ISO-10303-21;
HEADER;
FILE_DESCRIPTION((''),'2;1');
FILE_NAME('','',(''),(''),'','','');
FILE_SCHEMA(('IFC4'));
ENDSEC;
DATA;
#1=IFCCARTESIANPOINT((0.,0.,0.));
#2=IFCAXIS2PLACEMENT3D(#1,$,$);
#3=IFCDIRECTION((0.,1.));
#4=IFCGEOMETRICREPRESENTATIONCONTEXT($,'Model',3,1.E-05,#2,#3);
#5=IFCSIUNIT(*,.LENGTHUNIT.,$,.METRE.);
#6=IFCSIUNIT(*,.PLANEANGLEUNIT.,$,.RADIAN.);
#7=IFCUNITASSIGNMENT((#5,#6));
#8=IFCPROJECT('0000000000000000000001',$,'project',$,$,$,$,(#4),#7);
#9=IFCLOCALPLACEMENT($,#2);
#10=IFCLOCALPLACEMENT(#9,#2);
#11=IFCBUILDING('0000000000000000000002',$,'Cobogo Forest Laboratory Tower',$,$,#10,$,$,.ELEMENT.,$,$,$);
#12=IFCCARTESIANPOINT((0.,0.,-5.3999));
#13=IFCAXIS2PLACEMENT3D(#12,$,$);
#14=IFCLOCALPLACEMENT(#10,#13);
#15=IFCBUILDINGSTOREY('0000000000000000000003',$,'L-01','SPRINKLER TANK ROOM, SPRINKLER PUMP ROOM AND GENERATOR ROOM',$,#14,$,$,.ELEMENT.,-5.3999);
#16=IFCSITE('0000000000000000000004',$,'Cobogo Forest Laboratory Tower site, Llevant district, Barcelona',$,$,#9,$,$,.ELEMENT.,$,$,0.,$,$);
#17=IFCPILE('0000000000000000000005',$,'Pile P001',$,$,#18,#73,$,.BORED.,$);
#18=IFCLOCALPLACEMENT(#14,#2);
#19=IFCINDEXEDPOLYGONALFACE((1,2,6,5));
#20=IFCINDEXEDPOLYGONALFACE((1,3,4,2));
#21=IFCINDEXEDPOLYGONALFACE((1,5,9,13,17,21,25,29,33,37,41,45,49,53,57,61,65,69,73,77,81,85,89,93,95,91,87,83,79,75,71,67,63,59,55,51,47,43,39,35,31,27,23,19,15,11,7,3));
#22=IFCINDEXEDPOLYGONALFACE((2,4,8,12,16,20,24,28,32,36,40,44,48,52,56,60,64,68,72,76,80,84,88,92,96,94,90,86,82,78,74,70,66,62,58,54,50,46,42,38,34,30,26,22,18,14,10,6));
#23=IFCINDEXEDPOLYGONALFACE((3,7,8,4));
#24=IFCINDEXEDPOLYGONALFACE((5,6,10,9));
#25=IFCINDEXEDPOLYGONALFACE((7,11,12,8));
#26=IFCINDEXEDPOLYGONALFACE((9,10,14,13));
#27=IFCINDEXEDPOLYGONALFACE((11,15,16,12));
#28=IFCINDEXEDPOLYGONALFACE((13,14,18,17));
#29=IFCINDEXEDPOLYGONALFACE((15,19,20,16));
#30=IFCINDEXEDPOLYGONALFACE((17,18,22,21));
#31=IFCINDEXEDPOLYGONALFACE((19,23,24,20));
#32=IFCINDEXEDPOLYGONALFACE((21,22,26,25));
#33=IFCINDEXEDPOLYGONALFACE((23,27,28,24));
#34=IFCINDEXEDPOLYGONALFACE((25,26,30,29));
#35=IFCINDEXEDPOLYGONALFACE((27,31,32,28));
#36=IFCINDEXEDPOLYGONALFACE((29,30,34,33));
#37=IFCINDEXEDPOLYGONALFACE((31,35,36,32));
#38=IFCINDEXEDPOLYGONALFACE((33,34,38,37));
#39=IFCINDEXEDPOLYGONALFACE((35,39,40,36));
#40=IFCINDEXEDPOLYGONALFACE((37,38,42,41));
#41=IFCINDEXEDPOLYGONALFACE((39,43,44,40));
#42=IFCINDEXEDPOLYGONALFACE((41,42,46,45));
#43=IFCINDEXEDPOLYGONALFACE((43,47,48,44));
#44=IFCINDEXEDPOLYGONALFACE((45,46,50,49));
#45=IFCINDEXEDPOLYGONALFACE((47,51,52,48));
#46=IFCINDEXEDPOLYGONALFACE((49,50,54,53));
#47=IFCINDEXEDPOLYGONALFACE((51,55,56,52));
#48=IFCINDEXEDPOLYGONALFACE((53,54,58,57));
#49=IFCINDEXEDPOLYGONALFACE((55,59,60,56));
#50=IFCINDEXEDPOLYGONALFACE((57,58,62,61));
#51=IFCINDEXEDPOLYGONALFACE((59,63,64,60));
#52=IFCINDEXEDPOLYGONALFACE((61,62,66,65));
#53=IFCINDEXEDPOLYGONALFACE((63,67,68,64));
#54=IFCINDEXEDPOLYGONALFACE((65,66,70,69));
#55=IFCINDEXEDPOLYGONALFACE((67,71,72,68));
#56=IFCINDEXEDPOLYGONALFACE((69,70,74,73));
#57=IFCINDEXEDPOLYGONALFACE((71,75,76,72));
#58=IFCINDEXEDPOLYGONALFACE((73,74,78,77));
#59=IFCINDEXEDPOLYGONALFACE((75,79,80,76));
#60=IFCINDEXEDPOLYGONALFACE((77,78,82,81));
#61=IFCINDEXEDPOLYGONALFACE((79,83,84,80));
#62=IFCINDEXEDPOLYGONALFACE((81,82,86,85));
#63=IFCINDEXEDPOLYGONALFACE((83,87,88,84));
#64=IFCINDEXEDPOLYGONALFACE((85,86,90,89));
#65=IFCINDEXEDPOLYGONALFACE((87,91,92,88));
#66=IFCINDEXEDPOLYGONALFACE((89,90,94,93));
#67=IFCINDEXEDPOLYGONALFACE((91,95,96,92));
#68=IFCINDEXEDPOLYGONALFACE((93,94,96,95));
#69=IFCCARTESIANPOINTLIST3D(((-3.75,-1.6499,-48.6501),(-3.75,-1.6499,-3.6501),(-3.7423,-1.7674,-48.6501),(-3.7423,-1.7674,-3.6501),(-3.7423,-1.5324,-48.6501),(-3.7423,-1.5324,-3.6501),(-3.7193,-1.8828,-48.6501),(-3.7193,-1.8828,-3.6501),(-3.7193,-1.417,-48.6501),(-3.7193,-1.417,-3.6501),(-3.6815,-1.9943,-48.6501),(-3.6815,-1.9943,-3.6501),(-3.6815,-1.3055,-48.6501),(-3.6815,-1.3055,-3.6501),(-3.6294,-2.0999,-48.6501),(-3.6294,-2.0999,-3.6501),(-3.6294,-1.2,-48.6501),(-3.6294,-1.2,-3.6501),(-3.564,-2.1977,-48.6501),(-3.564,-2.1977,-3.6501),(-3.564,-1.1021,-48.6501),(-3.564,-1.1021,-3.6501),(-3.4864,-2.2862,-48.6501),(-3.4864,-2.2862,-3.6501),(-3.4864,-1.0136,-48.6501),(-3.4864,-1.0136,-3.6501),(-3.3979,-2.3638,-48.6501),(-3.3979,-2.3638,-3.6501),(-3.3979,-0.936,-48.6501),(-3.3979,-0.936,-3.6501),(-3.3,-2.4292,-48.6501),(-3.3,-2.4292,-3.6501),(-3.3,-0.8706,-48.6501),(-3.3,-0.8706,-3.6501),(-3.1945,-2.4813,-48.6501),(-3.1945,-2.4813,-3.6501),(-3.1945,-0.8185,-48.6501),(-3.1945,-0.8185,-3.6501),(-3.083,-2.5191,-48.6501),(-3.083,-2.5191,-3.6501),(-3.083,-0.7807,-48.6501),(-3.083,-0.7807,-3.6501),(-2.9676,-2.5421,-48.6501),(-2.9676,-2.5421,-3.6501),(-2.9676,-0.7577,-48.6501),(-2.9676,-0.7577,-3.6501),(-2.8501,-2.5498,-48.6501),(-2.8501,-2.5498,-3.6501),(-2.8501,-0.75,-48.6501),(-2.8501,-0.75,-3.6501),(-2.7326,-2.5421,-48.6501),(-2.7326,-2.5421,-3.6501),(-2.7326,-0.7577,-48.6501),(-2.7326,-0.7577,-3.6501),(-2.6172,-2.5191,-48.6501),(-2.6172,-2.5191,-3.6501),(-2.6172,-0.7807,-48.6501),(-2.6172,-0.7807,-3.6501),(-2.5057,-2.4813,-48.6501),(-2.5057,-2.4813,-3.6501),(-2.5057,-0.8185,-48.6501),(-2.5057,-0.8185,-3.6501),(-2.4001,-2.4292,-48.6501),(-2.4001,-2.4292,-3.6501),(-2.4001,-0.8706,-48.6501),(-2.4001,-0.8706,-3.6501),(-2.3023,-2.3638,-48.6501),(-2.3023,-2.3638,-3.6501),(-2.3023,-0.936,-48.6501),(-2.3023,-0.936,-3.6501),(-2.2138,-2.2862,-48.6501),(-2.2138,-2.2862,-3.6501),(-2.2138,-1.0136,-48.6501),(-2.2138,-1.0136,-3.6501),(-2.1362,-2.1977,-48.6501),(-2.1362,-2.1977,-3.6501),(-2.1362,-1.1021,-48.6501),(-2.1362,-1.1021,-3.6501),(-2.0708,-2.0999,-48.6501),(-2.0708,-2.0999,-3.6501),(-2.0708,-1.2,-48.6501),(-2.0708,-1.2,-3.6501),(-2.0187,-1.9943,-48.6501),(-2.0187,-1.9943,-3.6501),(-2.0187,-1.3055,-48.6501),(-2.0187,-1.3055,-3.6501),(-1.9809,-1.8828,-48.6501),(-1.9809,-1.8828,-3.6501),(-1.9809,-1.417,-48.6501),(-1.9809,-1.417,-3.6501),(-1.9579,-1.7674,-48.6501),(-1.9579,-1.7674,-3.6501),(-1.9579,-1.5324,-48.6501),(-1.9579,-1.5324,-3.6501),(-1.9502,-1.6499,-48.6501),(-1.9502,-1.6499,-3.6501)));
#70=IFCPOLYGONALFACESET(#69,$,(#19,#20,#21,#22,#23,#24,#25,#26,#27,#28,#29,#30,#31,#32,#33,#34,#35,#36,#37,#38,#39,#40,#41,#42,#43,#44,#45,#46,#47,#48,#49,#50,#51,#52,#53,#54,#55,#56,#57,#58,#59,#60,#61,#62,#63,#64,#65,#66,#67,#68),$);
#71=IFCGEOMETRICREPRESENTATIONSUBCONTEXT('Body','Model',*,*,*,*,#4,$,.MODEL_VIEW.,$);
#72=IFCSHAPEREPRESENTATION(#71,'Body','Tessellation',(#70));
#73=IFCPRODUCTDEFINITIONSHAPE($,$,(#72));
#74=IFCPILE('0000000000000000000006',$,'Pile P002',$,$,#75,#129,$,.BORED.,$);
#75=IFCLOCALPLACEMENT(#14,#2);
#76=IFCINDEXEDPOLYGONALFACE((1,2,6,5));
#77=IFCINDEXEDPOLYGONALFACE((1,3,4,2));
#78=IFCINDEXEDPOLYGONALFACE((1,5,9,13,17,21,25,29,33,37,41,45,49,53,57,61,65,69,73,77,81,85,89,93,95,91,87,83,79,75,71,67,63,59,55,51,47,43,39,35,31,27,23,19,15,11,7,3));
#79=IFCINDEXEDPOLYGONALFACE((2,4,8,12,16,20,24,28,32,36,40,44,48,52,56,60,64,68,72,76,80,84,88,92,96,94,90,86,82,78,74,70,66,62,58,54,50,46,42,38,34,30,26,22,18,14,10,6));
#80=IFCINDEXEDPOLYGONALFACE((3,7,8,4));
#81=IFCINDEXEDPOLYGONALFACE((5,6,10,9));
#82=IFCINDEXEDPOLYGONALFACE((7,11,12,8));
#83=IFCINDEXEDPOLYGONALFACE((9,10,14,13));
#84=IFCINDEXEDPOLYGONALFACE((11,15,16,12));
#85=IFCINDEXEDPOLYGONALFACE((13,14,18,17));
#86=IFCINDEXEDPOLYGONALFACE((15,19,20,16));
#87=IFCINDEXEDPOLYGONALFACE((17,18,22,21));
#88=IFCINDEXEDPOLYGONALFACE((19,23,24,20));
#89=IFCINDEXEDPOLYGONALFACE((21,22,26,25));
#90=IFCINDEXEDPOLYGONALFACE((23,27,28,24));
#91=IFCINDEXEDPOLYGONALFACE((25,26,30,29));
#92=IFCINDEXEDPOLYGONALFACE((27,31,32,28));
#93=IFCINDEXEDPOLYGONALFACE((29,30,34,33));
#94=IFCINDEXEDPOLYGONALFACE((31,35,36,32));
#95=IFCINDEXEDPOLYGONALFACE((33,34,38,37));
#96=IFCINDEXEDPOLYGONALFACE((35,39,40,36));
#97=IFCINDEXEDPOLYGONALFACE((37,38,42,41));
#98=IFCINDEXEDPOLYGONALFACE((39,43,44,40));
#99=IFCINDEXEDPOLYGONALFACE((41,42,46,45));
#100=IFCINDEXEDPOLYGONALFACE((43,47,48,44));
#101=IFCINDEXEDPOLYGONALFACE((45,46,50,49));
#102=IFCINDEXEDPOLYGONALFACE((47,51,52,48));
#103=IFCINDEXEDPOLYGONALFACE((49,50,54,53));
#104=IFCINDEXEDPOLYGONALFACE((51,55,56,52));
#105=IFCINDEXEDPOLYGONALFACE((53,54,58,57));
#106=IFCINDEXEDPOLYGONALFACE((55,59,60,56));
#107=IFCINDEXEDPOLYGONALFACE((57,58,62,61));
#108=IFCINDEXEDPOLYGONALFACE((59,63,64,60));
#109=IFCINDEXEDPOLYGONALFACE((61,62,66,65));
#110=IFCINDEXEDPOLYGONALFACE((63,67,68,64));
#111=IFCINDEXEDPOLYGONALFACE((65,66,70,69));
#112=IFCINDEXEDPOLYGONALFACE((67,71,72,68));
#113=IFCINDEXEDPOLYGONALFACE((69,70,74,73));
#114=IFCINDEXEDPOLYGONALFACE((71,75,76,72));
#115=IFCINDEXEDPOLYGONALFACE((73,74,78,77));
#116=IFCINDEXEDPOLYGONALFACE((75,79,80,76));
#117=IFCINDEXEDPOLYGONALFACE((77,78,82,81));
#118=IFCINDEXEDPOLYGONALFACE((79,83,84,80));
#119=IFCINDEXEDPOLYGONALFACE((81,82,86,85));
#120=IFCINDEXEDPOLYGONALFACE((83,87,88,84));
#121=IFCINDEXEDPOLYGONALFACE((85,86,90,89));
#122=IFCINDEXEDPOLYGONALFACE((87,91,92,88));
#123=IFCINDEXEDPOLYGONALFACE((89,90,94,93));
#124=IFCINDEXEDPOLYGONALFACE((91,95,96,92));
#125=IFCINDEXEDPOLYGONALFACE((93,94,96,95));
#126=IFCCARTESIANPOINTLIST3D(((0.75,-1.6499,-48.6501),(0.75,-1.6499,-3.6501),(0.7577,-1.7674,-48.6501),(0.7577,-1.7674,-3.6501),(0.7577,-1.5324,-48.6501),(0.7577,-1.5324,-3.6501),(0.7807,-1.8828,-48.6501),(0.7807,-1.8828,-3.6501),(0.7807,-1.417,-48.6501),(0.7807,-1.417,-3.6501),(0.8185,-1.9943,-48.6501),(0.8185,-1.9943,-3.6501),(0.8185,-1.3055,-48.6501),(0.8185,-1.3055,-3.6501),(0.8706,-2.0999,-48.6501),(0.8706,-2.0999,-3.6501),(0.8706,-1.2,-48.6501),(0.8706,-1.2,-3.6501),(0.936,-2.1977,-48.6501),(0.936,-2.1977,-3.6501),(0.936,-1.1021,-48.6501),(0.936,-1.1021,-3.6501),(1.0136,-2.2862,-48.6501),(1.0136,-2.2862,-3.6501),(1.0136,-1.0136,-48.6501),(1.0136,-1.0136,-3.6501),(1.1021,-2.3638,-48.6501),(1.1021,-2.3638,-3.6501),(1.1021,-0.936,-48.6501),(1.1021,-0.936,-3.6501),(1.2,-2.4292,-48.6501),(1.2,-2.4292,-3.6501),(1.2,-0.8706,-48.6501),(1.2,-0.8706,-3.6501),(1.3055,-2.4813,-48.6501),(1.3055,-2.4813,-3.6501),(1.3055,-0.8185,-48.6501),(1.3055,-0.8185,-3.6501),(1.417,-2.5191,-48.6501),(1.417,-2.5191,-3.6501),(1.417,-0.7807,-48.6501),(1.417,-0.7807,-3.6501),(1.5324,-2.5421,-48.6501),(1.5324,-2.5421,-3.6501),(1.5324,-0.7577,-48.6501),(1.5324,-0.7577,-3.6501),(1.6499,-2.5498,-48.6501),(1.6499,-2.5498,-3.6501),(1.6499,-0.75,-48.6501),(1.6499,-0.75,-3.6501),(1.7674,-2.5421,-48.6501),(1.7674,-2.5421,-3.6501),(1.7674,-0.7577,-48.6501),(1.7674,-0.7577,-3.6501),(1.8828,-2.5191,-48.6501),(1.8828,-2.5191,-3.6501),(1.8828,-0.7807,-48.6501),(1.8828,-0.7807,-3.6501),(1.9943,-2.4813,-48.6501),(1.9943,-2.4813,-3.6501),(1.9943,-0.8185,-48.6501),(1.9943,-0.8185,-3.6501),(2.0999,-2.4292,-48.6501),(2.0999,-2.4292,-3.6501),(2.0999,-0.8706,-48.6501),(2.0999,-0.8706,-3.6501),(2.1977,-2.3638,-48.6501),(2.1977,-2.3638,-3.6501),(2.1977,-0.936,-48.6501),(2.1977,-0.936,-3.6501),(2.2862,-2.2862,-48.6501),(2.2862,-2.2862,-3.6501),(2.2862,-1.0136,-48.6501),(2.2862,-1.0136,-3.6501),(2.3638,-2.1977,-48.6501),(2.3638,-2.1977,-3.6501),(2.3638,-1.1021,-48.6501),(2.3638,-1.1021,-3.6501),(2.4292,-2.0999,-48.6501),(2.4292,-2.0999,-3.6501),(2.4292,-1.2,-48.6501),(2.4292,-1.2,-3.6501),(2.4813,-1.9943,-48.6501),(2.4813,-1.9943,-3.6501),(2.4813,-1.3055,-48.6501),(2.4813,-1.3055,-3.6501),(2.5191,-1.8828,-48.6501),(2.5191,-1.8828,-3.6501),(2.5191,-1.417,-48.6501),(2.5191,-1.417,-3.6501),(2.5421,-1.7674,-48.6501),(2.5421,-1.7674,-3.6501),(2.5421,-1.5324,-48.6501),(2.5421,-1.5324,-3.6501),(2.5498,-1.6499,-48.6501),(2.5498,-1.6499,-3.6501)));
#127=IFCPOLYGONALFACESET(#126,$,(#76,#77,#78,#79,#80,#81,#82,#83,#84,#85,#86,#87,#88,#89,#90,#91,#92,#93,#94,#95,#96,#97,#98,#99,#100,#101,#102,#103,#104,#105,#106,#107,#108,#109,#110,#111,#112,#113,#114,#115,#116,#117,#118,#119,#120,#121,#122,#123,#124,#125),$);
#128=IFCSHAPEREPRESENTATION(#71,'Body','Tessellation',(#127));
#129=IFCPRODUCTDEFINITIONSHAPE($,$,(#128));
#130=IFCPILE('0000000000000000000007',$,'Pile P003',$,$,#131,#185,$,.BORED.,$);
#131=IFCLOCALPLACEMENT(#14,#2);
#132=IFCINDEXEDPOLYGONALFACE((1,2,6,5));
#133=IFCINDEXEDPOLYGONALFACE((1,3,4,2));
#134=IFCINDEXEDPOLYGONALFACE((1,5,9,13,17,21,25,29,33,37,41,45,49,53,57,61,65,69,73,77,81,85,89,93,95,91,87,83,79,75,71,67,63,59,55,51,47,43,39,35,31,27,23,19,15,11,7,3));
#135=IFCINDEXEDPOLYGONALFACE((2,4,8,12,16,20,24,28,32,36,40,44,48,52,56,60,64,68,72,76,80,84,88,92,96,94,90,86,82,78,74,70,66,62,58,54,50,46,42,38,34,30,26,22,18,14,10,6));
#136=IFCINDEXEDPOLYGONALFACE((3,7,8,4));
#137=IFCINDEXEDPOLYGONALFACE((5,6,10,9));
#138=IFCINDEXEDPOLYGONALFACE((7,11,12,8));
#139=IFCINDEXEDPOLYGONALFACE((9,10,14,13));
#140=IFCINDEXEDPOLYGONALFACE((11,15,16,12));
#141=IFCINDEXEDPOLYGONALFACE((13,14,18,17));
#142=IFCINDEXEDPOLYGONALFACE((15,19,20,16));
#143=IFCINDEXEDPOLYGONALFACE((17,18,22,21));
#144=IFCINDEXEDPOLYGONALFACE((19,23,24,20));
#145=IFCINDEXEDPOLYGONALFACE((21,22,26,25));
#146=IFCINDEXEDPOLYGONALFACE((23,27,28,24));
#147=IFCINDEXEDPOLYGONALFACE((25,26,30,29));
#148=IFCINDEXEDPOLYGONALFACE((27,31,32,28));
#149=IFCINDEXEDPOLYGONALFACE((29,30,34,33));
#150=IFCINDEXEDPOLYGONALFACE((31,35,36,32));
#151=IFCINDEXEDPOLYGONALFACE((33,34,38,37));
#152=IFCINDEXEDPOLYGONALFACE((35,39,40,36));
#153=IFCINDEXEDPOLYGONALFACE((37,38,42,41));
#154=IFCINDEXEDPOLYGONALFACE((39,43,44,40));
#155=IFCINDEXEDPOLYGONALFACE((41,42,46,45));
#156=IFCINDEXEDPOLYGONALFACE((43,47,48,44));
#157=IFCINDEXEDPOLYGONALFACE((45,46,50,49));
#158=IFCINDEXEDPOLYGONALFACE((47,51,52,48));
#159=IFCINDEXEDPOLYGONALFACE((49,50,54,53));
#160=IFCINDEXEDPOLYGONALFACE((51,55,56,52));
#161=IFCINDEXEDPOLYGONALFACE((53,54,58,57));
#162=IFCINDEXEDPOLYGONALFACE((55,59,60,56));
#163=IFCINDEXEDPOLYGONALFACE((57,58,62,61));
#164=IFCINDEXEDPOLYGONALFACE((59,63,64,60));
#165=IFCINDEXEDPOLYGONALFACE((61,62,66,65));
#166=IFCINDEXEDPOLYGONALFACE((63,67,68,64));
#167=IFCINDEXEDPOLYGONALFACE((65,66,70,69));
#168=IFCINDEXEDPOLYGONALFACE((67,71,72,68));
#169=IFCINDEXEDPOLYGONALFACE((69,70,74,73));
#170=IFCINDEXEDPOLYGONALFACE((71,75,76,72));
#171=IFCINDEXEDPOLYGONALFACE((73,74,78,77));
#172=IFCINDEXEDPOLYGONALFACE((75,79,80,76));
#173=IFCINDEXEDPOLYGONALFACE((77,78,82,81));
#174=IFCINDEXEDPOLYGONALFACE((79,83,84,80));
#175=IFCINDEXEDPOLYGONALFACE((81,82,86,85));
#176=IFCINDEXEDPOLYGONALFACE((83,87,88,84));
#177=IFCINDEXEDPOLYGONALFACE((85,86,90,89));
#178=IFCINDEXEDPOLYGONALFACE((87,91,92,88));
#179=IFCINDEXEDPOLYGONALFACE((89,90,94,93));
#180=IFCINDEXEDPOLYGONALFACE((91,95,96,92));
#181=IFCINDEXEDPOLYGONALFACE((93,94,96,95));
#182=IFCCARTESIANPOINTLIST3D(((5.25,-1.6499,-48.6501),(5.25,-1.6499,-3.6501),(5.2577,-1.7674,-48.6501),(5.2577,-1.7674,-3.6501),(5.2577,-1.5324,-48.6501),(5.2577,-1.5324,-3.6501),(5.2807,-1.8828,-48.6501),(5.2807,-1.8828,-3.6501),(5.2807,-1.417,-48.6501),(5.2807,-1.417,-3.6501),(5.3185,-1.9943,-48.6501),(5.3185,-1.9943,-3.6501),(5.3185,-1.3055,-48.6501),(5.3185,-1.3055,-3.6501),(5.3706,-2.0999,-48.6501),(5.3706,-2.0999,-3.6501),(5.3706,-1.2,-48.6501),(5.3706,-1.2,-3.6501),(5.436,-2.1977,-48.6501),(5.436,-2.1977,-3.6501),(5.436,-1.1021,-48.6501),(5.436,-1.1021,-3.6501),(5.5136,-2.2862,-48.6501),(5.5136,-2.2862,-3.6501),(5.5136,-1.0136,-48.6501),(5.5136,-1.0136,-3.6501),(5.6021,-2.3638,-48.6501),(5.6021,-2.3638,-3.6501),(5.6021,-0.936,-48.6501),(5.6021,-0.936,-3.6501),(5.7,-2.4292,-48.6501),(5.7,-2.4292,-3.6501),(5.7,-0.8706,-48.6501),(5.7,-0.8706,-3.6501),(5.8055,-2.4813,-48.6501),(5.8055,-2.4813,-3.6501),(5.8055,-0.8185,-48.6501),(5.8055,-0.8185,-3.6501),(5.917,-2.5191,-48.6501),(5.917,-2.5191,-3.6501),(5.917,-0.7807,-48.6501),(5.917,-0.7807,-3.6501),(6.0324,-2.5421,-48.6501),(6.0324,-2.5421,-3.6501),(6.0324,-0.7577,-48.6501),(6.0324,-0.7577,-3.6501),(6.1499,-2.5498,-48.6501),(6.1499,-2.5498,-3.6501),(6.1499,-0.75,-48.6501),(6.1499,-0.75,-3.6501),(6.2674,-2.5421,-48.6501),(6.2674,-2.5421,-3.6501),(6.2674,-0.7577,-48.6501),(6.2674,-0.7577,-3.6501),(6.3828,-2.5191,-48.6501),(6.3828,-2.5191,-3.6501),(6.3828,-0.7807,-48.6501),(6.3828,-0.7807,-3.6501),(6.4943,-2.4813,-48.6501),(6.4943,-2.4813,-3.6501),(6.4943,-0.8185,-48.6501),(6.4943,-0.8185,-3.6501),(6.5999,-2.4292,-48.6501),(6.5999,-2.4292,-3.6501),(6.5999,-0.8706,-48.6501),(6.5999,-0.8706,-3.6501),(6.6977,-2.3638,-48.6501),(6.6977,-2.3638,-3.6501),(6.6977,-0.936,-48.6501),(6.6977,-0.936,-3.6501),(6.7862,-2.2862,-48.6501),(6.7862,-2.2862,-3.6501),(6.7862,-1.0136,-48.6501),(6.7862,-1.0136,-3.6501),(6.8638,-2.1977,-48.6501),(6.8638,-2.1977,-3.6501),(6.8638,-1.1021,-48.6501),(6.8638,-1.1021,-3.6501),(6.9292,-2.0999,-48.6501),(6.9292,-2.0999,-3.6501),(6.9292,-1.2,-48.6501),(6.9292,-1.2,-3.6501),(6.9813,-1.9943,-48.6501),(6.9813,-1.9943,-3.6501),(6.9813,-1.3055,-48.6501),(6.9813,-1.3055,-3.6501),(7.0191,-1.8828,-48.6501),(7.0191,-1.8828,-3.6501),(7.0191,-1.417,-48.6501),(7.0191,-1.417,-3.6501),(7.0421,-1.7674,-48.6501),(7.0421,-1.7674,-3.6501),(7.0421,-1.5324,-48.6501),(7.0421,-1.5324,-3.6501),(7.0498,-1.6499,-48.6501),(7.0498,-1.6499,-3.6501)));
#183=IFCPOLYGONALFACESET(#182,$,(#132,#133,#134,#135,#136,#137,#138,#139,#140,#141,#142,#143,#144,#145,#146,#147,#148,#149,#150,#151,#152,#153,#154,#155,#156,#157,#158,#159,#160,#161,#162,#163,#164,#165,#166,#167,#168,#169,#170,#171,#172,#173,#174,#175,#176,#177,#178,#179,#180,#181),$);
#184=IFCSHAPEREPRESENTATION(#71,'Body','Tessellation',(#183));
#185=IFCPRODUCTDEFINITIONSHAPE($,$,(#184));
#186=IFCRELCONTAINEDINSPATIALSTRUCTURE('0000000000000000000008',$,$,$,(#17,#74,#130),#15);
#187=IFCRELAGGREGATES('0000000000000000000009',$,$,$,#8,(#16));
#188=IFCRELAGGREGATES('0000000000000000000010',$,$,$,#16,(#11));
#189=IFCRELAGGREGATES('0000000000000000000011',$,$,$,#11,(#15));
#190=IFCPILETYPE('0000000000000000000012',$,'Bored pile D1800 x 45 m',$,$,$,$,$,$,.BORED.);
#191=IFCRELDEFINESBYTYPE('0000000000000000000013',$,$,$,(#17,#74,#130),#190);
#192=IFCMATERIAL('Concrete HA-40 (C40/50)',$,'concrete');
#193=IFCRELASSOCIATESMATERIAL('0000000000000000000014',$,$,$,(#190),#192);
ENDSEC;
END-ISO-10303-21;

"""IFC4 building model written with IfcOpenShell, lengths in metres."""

from ifc_helpers import new_model, si_unit, direction, frame, origin, origin_2d, place, context, subcontext, project, spatial, circle, extrude, material, material_profile, profile_set, type_object, element, save


model = new_model("IFC4")

# Units and contexts
model_context = context("Model", 3, precision=1e-05, world=origin(), true_north=direction((0.0, 1.0)))
body_context = subcontext(model_context, "Body", "Model", "MODEL_VIEW")
ifc_project = project(units=[si_unit("LENGTHUNIT", "METRE"), si_unit("PLANEANGLEUNIT", "RADIAN")], contexts=[model_context])

# Site, building, storey
site_placement = place(None, origin())
site = spatial("IfcSite", under=ifc_project, at=site_placement, Name="Cobogo Forest Laboratory Tower site, Llevant district, Barcelona", CompositionType="ELEMENT", RefElevation=0.0)
building_placement = place(site_placement, origin())
building = spatial("IfcBuilding", under=site, at=building_placement, Name="Cobogo Forest Laboratory Tower", CompositionType="ELEMENT")
storey_placement = place(building_placement, frame((0.0, 0.0, -5.3999)))
storey = spatial("IfcBuildingStorey", under=building, at=storey_placement, Name="L-01", Description="SPRINKLER TANK ROOM, SPRINKLER PUMP ROOM AND GENERATOR ROOM", CompositionType="ELEMENT", Elevation=-5.3999)

# Piles
ifc_material_1 = material(Name="Concrete HA-40 (C40/50)", Category="concrete")
ifc_material_profile_1 = material_profile(ifc_material_1, circle(Radius=0.8999, at=origin_2d()), Name="PILE D1800")
ifc_profile_set_1 = profile_set([ifc_material_profile_1], Name="Concrete HA-40 (C40/50)")
pile_type_1 = type_object("IfcPileType", Name="Bored pile D1800 x 45 m", PredefinedType="BORED", material=ifc_profile_set_1)
for number, where, z_axis, x_axis, name in (
    (1, (-2.8501, -1.6499, -3.6501), (0.0, 0.0, -1.0), (1.0, 0.0, 0.0), "Pile P001"),
    (2, (1.6499, -1.6499, -3.6501), (0.0, 0.0, -1.0), (1.0, 0.0, 0.0), "Pile P002"),
    (3, (6.1499, -1.6499, -3.6501), (0.0, 0.0, -1.0), (1.0, 0.0, 0.0), "Pile P003"),
):
    element("IfcPile", number, at=place(storey_placement, frame(where, z_axis=z_axis, x_axis=x_axis)), inside=storey, type_object=pile_type_1, Name=name, PredefinedType="BORED", context=body_context, shape_type="SweptSolid", body=[
        extrude(circle(Radius=0.8999, at=origin_2d()), origin(), (0.0, 0.0, 1.0), 45.0),
    ])

save(model, "model.ifc")
